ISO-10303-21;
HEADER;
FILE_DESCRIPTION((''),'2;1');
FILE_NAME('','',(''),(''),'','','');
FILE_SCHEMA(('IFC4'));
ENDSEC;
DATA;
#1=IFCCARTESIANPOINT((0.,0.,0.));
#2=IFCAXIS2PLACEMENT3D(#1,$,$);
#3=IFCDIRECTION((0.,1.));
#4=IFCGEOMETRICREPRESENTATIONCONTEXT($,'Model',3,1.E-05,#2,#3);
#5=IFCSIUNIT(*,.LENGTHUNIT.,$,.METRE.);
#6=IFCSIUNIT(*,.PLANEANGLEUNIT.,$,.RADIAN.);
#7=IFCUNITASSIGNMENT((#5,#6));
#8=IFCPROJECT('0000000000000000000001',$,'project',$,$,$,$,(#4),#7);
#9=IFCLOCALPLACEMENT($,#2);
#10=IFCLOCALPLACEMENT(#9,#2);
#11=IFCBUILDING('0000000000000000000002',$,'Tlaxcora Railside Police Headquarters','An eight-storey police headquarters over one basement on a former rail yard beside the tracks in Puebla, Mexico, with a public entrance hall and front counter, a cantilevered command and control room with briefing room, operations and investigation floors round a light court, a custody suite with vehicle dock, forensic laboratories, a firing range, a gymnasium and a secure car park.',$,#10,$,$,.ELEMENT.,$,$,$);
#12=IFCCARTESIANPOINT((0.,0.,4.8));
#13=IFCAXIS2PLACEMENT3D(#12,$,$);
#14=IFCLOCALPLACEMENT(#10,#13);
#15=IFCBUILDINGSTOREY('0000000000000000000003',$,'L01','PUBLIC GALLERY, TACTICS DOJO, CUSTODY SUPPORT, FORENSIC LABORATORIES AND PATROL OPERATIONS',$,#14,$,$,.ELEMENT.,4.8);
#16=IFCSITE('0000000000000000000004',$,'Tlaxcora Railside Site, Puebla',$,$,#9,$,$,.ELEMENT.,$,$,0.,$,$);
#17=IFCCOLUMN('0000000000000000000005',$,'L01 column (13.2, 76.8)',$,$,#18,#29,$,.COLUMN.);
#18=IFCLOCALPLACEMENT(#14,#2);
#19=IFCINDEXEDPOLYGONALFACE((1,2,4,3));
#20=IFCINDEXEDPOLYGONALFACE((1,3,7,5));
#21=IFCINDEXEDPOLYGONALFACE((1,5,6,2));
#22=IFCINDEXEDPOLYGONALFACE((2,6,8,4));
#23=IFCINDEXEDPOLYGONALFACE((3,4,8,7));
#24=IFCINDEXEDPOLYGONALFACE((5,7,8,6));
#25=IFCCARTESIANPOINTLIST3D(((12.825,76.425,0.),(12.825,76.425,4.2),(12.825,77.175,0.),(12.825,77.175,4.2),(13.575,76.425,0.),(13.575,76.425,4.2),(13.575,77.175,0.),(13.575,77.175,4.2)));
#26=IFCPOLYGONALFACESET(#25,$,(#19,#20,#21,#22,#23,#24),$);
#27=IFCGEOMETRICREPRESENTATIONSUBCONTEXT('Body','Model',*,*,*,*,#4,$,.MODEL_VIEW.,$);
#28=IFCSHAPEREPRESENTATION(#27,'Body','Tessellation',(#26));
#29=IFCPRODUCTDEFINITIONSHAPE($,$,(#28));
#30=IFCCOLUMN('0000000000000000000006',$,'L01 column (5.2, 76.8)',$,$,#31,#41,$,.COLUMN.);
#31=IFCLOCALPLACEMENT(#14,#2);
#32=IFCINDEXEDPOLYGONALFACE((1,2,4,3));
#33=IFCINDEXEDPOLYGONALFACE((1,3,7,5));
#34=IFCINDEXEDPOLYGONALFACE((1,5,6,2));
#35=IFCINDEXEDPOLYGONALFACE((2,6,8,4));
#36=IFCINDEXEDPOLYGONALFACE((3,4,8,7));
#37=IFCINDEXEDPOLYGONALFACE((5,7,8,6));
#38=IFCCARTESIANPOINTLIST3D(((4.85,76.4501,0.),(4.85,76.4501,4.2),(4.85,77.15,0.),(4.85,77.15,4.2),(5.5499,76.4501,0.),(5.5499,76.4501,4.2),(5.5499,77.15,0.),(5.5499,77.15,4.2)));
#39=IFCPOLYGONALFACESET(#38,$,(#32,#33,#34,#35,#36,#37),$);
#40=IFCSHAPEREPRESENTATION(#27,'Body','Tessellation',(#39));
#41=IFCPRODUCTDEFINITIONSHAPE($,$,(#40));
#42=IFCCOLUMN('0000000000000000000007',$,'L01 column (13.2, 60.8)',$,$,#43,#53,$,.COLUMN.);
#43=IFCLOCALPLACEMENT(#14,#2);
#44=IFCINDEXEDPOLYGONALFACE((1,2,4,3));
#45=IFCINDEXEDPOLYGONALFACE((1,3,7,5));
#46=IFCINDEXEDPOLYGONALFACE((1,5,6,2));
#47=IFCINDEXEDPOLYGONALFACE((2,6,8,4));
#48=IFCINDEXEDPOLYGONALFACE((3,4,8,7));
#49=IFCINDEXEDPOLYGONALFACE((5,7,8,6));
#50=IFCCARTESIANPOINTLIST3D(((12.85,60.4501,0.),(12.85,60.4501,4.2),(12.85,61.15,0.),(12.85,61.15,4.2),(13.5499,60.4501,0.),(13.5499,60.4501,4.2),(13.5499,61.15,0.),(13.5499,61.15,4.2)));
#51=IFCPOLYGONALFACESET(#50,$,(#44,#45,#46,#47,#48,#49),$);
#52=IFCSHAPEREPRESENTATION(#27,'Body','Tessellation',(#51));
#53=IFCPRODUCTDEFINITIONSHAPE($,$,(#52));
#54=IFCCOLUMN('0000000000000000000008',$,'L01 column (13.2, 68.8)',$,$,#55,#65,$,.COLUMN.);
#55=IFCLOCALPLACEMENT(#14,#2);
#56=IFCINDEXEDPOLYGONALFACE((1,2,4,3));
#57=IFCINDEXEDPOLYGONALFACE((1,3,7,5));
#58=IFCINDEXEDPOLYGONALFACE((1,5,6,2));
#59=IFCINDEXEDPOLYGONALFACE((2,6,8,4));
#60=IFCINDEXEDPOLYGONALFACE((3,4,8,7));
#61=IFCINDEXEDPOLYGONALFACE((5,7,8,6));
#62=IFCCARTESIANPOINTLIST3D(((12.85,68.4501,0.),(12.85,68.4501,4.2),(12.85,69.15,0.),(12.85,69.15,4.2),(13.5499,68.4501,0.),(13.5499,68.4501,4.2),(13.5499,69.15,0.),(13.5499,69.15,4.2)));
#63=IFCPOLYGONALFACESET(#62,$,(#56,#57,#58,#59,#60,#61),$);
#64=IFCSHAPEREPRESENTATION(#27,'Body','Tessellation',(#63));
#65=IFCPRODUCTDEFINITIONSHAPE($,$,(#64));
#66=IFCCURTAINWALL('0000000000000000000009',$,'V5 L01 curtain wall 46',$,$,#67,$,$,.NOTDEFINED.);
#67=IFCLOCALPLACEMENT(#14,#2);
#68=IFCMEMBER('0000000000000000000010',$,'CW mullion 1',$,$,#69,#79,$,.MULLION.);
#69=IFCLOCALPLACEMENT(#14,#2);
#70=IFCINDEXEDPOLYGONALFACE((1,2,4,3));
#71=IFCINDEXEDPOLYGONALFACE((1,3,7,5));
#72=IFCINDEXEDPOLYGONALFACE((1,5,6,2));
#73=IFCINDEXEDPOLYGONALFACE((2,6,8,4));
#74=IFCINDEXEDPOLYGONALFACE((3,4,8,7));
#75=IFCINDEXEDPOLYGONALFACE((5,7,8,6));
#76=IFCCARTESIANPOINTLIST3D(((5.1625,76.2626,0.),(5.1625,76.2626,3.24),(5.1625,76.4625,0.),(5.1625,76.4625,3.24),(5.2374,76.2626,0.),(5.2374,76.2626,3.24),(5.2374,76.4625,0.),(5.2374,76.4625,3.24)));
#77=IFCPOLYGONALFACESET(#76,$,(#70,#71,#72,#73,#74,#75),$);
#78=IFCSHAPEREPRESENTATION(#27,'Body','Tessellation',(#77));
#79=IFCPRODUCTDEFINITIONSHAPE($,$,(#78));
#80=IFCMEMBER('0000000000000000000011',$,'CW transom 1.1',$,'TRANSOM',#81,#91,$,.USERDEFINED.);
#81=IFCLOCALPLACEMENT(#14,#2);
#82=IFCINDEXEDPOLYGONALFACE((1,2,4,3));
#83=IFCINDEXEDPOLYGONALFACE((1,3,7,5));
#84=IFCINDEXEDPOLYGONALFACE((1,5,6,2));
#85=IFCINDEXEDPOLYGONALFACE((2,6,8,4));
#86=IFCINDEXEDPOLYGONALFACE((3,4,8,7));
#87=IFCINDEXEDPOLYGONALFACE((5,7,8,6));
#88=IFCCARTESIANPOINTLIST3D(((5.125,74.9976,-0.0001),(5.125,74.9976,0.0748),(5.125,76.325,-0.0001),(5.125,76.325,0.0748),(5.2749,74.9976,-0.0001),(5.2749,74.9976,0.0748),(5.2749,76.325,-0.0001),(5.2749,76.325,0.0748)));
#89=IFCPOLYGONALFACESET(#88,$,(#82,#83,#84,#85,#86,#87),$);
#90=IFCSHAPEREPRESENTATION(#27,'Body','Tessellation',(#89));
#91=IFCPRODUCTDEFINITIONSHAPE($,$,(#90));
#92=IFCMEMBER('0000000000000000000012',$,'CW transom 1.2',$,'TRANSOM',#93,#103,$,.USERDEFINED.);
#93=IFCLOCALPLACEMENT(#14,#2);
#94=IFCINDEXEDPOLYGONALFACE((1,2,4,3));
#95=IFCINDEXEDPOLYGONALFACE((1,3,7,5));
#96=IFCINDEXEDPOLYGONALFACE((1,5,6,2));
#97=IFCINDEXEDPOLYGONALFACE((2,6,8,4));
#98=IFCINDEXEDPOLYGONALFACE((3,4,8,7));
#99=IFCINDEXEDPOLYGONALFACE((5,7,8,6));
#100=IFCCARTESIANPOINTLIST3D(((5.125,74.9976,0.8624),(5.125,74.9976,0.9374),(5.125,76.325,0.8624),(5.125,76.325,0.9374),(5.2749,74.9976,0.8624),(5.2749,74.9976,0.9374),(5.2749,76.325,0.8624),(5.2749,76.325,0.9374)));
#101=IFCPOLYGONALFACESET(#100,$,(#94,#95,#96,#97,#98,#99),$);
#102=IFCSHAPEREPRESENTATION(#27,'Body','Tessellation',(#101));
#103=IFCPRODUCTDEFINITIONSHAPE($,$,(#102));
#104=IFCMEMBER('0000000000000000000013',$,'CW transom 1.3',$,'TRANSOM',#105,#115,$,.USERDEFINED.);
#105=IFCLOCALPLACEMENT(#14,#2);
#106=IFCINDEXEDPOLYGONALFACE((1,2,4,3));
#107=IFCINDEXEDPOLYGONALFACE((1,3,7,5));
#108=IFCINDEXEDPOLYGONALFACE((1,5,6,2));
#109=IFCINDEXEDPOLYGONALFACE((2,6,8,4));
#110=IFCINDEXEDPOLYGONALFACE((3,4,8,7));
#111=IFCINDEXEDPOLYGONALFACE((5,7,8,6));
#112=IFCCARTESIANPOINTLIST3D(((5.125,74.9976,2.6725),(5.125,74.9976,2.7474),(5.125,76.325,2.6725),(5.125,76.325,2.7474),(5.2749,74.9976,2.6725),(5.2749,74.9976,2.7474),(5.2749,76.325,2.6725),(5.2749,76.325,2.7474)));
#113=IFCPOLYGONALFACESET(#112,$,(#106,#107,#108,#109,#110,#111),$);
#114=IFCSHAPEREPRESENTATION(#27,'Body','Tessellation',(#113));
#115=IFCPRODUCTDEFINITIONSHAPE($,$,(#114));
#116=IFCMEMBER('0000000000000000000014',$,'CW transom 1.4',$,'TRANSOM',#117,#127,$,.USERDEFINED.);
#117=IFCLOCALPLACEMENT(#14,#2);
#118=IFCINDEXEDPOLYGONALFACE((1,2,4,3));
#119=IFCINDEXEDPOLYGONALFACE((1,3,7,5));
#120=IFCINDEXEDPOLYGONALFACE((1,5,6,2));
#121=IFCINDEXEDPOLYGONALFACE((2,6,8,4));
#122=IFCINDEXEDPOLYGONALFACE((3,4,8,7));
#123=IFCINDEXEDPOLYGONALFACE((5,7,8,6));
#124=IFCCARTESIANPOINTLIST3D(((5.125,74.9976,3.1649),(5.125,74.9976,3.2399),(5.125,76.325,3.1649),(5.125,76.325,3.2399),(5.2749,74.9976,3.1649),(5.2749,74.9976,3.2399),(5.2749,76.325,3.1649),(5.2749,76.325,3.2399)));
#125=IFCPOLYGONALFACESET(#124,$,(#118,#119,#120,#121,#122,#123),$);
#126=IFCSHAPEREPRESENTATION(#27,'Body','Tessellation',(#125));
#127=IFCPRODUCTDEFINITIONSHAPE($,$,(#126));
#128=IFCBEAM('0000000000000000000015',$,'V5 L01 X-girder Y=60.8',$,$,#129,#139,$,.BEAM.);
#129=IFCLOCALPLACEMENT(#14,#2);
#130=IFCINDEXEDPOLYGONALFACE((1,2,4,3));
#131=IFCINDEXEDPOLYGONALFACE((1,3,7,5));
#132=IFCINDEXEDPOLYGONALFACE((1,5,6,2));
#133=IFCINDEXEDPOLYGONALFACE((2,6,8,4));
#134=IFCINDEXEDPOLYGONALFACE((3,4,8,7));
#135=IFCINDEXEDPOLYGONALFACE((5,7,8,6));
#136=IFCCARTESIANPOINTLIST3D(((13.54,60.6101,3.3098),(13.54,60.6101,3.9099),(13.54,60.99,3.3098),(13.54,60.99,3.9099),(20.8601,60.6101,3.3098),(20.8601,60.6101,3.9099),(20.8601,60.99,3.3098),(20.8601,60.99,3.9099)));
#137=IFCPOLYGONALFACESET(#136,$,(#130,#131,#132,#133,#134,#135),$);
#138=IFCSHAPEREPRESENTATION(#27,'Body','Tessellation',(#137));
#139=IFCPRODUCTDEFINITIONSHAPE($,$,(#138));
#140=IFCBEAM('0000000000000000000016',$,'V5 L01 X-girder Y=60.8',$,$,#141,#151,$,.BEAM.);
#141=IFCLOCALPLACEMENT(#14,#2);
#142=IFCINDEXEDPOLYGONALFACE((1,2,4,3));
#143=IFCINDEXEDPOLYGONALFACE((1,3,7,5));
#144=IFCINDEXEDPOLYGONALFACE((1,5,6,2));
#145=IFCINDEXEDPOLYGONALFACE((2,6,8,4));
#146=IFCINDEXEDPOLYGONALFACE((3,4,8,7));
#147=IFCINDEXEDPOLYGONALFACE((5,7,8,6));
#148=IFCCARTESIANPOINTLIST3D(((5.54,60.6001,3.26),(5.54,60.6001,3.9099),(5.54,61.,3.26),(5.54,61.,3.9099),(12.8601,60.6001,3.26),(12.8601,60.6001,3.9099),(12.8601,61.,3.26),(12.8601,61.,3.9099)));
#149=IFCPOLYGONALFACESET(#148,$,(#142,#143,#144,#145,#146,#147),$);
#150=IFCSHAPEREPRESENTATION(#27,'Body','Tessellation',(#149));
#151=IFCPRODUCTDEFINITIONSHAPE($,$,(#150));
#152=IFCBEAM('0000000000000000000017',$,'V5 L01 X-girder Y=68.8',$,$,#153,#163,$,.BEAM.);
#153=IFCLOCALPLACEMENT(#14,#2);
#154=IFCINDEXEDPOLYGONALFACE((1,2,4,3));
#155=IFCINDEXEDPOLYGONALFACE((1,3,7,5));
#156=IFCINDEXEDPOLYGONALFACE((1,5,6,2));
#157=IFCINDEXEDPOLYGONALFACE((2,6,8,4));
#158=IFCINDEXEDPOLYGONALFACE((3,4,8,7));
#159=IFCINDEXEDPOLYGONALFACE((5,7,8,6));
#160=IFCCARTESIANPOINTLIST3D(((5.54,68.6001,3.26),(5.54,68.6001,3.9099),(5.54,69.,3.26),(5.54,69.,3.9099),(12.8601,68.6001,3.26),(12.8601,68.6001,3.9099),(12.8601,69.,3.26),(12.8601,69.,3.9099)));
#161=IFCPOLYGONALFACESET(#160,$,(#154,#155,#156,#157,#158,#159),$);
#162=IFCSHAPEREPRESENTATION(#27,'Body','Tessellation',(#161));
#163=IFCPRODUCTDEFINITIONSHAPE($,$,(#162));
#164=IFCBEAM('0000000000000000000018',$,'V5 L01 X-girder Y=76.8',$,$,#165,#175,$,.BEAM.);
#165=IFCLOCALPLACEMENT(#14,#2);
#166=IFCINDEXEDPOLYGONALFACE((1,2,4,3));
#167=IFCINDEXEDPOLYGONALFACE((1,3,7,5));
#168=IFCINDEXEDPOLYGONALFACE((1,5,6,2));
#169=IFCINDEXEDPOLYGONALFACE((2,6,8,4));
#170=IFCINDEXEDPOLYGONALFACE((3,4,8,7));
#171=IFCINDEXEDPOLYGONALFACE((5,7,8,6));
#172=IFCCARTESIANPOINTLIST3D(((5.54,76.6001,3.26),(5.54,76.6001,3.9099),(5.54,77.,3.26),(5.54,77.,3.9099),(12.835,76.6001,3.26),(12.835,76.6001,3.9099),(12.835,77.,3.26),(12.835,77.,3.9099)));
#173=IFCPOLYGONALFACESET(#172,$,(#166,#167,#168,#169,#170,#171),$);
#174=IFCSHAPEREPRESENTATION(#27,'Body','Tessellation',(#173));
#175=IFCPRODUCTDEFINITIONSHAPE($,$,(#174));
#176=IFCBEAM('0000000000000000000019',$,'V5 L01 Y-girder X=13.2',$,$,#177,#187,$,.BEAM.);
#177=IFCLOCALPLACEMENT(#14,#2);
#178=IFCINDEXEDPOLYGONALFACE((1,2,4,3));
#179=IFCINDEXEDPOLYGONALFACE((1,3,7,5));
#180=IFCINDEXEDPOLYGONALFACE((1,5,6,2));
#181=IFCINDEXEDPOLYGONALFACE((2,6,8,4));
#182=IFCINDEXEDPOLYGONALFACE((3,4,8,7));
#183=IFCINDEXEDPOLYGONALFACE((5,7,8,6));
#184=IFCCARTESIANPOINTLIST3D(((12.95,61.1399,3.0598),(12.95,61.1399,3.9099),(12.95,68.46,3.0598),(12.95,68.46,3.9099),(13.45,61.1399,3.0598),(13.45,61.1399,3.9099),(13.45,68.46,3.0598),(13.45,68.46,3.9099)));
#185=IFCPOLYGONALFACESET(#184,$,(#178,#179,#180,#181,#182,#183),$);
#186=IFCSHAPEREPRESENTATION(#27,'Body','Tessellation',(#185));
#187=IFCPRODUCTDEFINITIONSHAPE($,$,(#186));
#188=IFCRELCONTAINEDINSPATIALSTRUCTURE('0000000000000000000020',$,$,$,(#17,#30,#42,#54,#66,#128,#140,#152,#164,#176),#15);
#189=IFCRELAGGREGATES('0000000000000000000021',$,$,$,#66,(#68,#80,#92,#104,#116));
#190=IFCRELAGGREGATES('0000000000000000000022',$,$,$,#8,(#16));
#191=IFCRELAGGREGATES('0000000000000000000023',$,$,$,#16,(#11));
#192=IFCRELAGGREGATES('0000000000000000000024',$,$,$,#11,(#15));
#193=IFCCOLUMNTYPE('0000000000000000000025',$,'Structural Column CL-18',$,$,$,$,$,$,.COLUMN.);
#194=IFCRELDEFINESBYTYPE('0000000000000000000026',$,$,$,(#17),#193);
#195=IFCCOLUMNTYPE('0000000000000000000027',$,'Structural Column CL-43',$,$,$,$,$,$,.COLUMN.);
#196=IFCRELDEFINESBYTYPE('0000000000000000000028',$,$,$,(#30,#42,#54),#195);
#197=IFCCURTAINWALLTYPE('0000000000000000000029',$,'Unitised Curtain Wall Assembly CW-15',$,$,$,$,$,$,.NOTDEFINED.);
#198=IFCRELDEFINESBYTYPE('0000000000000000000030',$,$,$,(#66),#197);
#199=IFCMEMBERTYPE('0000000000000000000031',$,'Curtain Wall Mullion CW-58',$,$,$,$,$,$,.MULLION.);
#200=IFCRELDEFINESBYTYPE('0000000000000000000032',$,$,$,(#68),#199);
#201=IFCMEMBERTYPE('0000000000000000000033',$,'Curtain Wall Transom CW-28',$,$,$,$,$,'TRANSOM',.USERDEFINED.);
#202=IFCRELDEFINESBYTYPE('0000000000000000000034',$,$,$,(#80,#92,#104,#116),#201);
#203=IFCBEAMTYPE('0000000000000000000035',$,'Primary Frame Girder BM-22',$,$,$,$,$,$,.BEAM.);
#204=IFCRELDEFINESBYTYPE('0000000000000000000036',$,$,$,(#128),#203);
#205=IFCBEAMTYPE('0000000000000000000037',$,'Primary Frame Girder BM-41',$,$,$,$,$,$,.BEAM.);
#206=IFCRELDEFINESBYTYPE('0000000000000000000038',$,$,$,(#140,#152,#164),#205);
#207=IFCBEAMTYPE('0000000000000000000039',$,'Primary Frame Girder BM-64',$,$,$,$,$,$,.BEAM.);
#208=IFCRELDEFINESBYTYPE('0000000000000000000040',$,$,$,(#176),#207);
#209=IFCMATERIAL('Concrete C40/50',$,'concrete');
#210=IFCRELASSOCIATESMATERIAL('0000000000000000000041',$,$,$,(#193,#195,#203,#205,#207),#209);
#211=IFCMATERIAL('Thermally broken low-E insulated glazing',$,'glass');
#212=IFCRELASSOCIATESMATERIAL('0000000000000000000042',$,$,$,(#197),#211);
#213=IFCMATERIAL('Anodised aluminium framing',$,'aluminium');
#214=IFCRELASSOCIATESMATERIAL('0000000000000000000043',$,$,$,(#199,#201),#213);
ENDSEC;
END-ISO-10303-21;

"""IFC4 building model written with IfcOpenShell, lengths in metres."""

from ifc_helpers import new_model, si_unit, direction, frame, origin, origin_2d, place, context, subcontext, project, spatial, rectangle, extrude, material, material_profile, profile_set, type_object, element, aggregate, save


model = new_model("IFC4")

# Units and contexts
model_context = context("Model", 3, precision=1e-05, world=origin(), true_north=direction((0.0, 1.0)))
body_context = subcontext(model_context, "Body", "Model", "MODEL_VIEW")
ifc_project = project(units=[si_unit("LENGTHUNIT", "METRE"), si_unit("PLANEANGLEUNIT", "RADIAN")], contexts=[model_context])

# Site, building, storey
site_placement = place(None, origin())
site = spatial("IfcSite", under=ifc_project, at=site_placement, Name="Tlaxcora Railside Site, Puebla", CompositionType="ELEMENT", RefElevation=0.0)
building_placement = place(site_placement, origin())
building = spatial("IfcBuilding", under=site, at=building_placement, Name="Tlaxcora Railside Police Headquarters", Description="An eight-storey police headquarters over one basement on a former rail yard beside the tracks in Puebla, Mexico, with a public entrance hall and front counter, a cantilevered command and control room with briefing room, operations and investigation floors round a light court, a custody suite with vehicle dock, forensic laboratories, a firing range, a gymnasium and a secure car park.", CompositionType="ELEMENT")
storey_placement = place(building_placement, frame((0.0, 0.0, 4.8)))
storey = spatial("IfcBuildingStorey", under=building, at=storey_placement, Name="L01", Description="PUBLIC GALLERY, TACTICS DOJO, CUSTODY SUPPORT, FORENSIC LABORATORIES AND PATROL OPERATIONS", CompositionType="ELEMENT", Elevation=4.8)

# Columns
ifc_material_1 = material(Name="Concrete C40/50", Category="concrete")
ifc_material_profile_1 = material_profile(ifc_material_1, rectangle(XDim=0.75, YDim=0.75, at=origin_2d()), Name="RC750X750")
ifc_profile_set_1 = profile_set([ifc_material_profile_1], Name="Concrete C40/50")
column_type_1 = type_object("IfcColumnType", Name="Structural Column CL-18", PredefinedType="COLUMN", material=ifc_profile_set_1)
column_placement = place(storey_placement, frame((13.2, 76.8, 0.0), z_axis=(0.0, 0.0, 1.0), x_axis=(1.0, 0.0, 0.0)))
element("IfcColumn", 1, at=column_placement, inside=storey, type_object=column_type_1, Name="L01 column (13.2, 76.8)", PredefinedType="COLUMN", context=body_context, shape_type="SweptSolid", body=[
    extrude(rectangle(XDim=0.75, YDim=0.75, at=origin_2d()), origin(), (0.0, 0.0, 1.0), 4.2),
])
ifc_material_profile_2 = material_profile(ifc_material_1, rectangle(XDim=0.7, YDim=0.7, at=origin_2d()), Name="RC700X700")
ifc_profile_set_2 = profile_set([ifc_material_profile_2], Name="Concrete C40/50")
column_type_2 = type_object("IfcColumnType", Name="Structural Column CL-43", PredefinedType="COLUMN", material=ifc_profile_set_2)
for number, where, z_axis, x_axis, name in (
    (2, (5.2, 76.8, 0.0), (0.0, 0.0, 1.0), (1.0, 0.0, 0.0), "L01 column (5.2, 76.8)"),
    (3, (13.2, 60.8, 0.0), (0.0, 0.0, 1.0), (1.0, 0.0, 0.0), "L01 column (13.2, 60.8)"),
    (4, (13.2, 68.8, 0.0), (0.0, 0.0, 1.0), (1.0, 0.0, 0.0), "L01 column (13.2, 68.8)"),
):
    element("IfcColumn", number, at=place(storey_placement, frame(where, z_axis=z_axis, x_axis=x_axis)), inside=storey, type_object=column_type_2, Name=name, PredefinedType="COLUMN", context=body_context, shape_type="SweptSolid", body=[
        extrude(rectangle(XDim=0.7, YDim=0.7, at=origin_2d()), origin(), (0.0, 0.0, 1.0), 4.2),
    ])

# Curtain wall, members
ifc_material_2 = material(Name="Thermally broken low-E insulated glazing", Category="glass")
curtain_wall_type = type_object("IfcCurtainWallType", Name="Unitised Curtain Wall Assembly CW-15", PredefinedType="NOTDEFINED", material=ifc_material_2)
curtain_wall_placement = place(storey_placement, origin())
curtain_wall = element("IfcCurtainWall", 5, at=curtain_wall_placement, inside=storey, type_object=curtain_wall_type, Name="V5 L01 curtain wall 46", PredefinedType="NOTDEFINED")
ifc_material_3 = material(Name="Anodised aluminium framing", Category="aluminium")
ifc_material_profile_3 = material_profile(ifc_material_3, rectangle(XDim=0.075, YDim=0.2, at=origin_2d()), Name="AL75X200")
ifc_profile_set_3 = profile_set([ifc_material_profile_3], Name="Anodised aluminium framing")
member_type_1 = type_object("IfcMemberType", Name="Curtain Wall Mullion CW-58", PredefinedType="MULLION", material=ifc_profile_set_3)
member_1_placement = place(storey_placement, frame((5.2, 76.3625, 0.0), z_axis=(0.0, 0.0, 1.0), x_axis=(1.0, 0.0, 0.0)))
member_1 = element("IfcMember", 6, at=member_1_placement, type_object=member_type_1, Name="CW mullion 1", PredefinedType="MULLION", context=body_context, shape_type="SweptSolid", body=[
    extrude(rectangle(XDim=0.075, YDim=0.2, at=origin_2d()), origin(), (0.0, 0.0, 1.0), 3.24),
])
ifc_material_profile_4 = material_profile(ifc_material_3, rectangle(XDim=0.1499, YDim=0.075, at=origin_2d()), Name="AL75X150")
ifc_profile_set_4 = profile_set([ifc_material_profile_4], Name="Anodised aluminium framing")
member_type_2 = type_object("IfcMemberType", Name="Curtain Wall Transom CW-28", ElementType="TRANSOM", PredefinedType="USERDEFINED", material=ifc_profile_set_4)
member_2_placement = place(storey_placement, frame((5.2, 76.325, 0.0374), z_axis=(0.0, -1.0, 0.0), x_axis=(1.0, 0.0, 0.0)))
member_2 = element("IfcMember", 7, at=member_2_placement, type_object=member_type_2, Name="CW transom 1.1", ObjectType="TRANSOM", PredefinedType="USERDEFINED", context=body_context, shape_type="SweptSolid", body=[
    extrude(rectangle(XDim=0.1499, YDim=0.075, at=origin_2d()), origin(), (0.0, 0.0, 1.0), 1.3274),
])
member_3_placement = place(storey_placement, frame((5.2, 76.325, 0.8999), z_axis=(0.0, -1.0, 0.0), x_axis=(1.0, 0.0, 0.0)))
member_3 = element("IfcMember", 8, at=member_3_placement, type_object=member_type_2, Name="CW transom 1.2", ObjectType="TRANSOM", PredefinedType="USERDEFINED", context=body_context, shape_type="SweptSolid", body=[
    extrude(rectangle(XDim=0.1499, YDim=0.075, at=origin_2d()), origin(), (0.0, 0.0, 1.0), 1.3274),
])
member_4_placement = place(storey_placement, frame((5.2, 76.325, 2.71), z_axis=(0.0, -1.0, 0.0), x_axis=(1.0, 0.0, 0.0)))
member_4 = element("IfcMember", 9, at=member_4_placement, type_object=member_type_2, Name="CW transom 1.3", ObjectType="TRANSOM", PredefinedType="USERDEFINED", context=body_context, shape_type="SweptSolid", body=[
    extrude(rectangle(XDim=0.1499, YDim=0.075, at=origin_2d()), origin(), (0.0, 0.0, 1.0), 1.3274),
])
member_5_placement = place(storey_placement, frame((5.2, 76.325, 3.2024), z_axis=(0.0, -1.0, 0.0), x_axis=(1.0, 0.0, 0.0)))
member_5 = element("IfcMember", 10, at=member_5_placement, type_object=member_type_2, Name="CW transom 1.4", ObjectType="TRANSOM", PredefinedType="USERDEFINED", context=body_context, shape_type="SweptSolid", body=[
    extrude(rectangle(XDim=0.1499, YDim=0.075, at=origin_2d()), origin(), (0.0, 0.0, 1.0), 1.3274),
])

# Beams
ifc_material_profile_5 = material_profile(ifc_material_1, rectangle(XDim=0.3799, YDim=0.6001, at=origin_2d()), Name="RC380X600")
ifc_profile_set_5 = profile_set([ifc_material_profile_5], Name="Concrete C40/50")
beam_type_1 = type_object("IfcBeamType", Name="Primary Frame Girder BM-22", PredefinedType="BEAM", material=ifc_profile_set_5)
beam_1_placement = place(storey_placement, frame((13.54, 60.8, 3.6099), z_axis=(1.0, 0.0, 0.0), x_axis=(0.0, 1.0, 0.0)))
element("IfcBeam", 11, at=beam_1_placement, inside=storey, type_object=beam_type_1, Name="V5 L01 X-girder Y=60.8", PredefinedType="BEAM", context=body_context, shape_type="SweptSolid", body=[
    extrude(rectangle(XDim=0.3799, YDim=0.6001, at=origin_2d()), origin(), (0.0, 0.0, 1.0), 7.3201),
])
ifc_material_profile_6 = material_profile(ifc_material_1, rectangle(XDim=0.3999, YDim=0.6499, at=origin_2d()), Name="RC400X650")
ifc_profile_set_6 = profile_set([ifc_material_profile_6], Name="Concrete C40/50")
beam_type_2 = type_object("IfcBeamType", Name="Primary Frame Girder BM-41", PredefinedType="BEAM", material=ifc_profile_set_6)
for number, where, z_axis, x_axis, name in (
    (12, (5.54, 60.8, 3.585), (1.0, 0.0, 0.0), (0.0, 1.0, 0.0), "V5 L01 X-girder Y=60.8"),
    (13, (5.54, 68.8, 3.585), (1.0, 0.0, 0.0), (0.0, 1.0, 0.0), "V5 L01 X-girder Y=68.8"),
):
    element("IfcBeam", number, at=place(storey_placement, frame(where, z_axis=z_axis, x_axis=x_axis)), inside=storey, type_object=beam_type_2, Name=name, PredefinedType="BEAM", context=body_context, shape_type="SweptSolid", body=[
        extrude(rectangle(XDim=0.3999, YDim=0.6499, at=origin_2d()), origin(), (0.0, 0.0, 1.0), 7.3201),
    ])
beam_2_placement = place(storey_placement, frame((5.54, 76.8, 3.585), z_axis=(1.0, 0.0, 0.0), x_axis=(0.0, 1.0, 0.0)))
element("IfcBeam", 14, at=beam_2_placement, inside=storey, type_object=beam_type_2, Name="V5 L01 X-girder Y=76.8", PredefinedType="BEAM", context=body_context, shape_type="SweptSolid", body=[
    extrude(rectangle(XDim=0.3999, YDim=0.6499, at=origin_2d()), origin(), (0.0, 0.0, 1.0), 7.2949),
])
ifc_material_profile_7 = material_profile(ifc_material_1, rectangle(XDim=0.5, YDim=0.8501, at=origin_2d()), Name="RC500X850")
ifc_profile_set_7 = profile_set([ifc_material_profile_7], Name="Concrete C40/50")
beam_type_3 = type_object("IfcBeamType", Name="Primary Frame Girder BM-64", PredefinedType="BEAM", material=ifc_profile_set_7)
beam_3_placement = place(storey_placement, frame((13.2, 61.1399, 3.4849), z_axis=(0.0, 1.0, 0.0), x_axis=(-1.0, 0.0, 0.0)))
element("IfcBeam", 15, at=beam_3_placement, inside=storey, type_object=beam_type_3, Name="V5 L01 Y-girder X=13.2", PredefinedType="BEAM", context=body_context, shape_type="SweptSolid", body=[
    extrude(rectangle(XDim=0.5, YDim=0.8501, at=origin_2d()), origin(), (0.0, 0.0, 1.0), 7.3201),
])

aggregate(curtain_wall, [member_1, member_2, member_3, member_4, member_5])

save(model, "model.ifc")
